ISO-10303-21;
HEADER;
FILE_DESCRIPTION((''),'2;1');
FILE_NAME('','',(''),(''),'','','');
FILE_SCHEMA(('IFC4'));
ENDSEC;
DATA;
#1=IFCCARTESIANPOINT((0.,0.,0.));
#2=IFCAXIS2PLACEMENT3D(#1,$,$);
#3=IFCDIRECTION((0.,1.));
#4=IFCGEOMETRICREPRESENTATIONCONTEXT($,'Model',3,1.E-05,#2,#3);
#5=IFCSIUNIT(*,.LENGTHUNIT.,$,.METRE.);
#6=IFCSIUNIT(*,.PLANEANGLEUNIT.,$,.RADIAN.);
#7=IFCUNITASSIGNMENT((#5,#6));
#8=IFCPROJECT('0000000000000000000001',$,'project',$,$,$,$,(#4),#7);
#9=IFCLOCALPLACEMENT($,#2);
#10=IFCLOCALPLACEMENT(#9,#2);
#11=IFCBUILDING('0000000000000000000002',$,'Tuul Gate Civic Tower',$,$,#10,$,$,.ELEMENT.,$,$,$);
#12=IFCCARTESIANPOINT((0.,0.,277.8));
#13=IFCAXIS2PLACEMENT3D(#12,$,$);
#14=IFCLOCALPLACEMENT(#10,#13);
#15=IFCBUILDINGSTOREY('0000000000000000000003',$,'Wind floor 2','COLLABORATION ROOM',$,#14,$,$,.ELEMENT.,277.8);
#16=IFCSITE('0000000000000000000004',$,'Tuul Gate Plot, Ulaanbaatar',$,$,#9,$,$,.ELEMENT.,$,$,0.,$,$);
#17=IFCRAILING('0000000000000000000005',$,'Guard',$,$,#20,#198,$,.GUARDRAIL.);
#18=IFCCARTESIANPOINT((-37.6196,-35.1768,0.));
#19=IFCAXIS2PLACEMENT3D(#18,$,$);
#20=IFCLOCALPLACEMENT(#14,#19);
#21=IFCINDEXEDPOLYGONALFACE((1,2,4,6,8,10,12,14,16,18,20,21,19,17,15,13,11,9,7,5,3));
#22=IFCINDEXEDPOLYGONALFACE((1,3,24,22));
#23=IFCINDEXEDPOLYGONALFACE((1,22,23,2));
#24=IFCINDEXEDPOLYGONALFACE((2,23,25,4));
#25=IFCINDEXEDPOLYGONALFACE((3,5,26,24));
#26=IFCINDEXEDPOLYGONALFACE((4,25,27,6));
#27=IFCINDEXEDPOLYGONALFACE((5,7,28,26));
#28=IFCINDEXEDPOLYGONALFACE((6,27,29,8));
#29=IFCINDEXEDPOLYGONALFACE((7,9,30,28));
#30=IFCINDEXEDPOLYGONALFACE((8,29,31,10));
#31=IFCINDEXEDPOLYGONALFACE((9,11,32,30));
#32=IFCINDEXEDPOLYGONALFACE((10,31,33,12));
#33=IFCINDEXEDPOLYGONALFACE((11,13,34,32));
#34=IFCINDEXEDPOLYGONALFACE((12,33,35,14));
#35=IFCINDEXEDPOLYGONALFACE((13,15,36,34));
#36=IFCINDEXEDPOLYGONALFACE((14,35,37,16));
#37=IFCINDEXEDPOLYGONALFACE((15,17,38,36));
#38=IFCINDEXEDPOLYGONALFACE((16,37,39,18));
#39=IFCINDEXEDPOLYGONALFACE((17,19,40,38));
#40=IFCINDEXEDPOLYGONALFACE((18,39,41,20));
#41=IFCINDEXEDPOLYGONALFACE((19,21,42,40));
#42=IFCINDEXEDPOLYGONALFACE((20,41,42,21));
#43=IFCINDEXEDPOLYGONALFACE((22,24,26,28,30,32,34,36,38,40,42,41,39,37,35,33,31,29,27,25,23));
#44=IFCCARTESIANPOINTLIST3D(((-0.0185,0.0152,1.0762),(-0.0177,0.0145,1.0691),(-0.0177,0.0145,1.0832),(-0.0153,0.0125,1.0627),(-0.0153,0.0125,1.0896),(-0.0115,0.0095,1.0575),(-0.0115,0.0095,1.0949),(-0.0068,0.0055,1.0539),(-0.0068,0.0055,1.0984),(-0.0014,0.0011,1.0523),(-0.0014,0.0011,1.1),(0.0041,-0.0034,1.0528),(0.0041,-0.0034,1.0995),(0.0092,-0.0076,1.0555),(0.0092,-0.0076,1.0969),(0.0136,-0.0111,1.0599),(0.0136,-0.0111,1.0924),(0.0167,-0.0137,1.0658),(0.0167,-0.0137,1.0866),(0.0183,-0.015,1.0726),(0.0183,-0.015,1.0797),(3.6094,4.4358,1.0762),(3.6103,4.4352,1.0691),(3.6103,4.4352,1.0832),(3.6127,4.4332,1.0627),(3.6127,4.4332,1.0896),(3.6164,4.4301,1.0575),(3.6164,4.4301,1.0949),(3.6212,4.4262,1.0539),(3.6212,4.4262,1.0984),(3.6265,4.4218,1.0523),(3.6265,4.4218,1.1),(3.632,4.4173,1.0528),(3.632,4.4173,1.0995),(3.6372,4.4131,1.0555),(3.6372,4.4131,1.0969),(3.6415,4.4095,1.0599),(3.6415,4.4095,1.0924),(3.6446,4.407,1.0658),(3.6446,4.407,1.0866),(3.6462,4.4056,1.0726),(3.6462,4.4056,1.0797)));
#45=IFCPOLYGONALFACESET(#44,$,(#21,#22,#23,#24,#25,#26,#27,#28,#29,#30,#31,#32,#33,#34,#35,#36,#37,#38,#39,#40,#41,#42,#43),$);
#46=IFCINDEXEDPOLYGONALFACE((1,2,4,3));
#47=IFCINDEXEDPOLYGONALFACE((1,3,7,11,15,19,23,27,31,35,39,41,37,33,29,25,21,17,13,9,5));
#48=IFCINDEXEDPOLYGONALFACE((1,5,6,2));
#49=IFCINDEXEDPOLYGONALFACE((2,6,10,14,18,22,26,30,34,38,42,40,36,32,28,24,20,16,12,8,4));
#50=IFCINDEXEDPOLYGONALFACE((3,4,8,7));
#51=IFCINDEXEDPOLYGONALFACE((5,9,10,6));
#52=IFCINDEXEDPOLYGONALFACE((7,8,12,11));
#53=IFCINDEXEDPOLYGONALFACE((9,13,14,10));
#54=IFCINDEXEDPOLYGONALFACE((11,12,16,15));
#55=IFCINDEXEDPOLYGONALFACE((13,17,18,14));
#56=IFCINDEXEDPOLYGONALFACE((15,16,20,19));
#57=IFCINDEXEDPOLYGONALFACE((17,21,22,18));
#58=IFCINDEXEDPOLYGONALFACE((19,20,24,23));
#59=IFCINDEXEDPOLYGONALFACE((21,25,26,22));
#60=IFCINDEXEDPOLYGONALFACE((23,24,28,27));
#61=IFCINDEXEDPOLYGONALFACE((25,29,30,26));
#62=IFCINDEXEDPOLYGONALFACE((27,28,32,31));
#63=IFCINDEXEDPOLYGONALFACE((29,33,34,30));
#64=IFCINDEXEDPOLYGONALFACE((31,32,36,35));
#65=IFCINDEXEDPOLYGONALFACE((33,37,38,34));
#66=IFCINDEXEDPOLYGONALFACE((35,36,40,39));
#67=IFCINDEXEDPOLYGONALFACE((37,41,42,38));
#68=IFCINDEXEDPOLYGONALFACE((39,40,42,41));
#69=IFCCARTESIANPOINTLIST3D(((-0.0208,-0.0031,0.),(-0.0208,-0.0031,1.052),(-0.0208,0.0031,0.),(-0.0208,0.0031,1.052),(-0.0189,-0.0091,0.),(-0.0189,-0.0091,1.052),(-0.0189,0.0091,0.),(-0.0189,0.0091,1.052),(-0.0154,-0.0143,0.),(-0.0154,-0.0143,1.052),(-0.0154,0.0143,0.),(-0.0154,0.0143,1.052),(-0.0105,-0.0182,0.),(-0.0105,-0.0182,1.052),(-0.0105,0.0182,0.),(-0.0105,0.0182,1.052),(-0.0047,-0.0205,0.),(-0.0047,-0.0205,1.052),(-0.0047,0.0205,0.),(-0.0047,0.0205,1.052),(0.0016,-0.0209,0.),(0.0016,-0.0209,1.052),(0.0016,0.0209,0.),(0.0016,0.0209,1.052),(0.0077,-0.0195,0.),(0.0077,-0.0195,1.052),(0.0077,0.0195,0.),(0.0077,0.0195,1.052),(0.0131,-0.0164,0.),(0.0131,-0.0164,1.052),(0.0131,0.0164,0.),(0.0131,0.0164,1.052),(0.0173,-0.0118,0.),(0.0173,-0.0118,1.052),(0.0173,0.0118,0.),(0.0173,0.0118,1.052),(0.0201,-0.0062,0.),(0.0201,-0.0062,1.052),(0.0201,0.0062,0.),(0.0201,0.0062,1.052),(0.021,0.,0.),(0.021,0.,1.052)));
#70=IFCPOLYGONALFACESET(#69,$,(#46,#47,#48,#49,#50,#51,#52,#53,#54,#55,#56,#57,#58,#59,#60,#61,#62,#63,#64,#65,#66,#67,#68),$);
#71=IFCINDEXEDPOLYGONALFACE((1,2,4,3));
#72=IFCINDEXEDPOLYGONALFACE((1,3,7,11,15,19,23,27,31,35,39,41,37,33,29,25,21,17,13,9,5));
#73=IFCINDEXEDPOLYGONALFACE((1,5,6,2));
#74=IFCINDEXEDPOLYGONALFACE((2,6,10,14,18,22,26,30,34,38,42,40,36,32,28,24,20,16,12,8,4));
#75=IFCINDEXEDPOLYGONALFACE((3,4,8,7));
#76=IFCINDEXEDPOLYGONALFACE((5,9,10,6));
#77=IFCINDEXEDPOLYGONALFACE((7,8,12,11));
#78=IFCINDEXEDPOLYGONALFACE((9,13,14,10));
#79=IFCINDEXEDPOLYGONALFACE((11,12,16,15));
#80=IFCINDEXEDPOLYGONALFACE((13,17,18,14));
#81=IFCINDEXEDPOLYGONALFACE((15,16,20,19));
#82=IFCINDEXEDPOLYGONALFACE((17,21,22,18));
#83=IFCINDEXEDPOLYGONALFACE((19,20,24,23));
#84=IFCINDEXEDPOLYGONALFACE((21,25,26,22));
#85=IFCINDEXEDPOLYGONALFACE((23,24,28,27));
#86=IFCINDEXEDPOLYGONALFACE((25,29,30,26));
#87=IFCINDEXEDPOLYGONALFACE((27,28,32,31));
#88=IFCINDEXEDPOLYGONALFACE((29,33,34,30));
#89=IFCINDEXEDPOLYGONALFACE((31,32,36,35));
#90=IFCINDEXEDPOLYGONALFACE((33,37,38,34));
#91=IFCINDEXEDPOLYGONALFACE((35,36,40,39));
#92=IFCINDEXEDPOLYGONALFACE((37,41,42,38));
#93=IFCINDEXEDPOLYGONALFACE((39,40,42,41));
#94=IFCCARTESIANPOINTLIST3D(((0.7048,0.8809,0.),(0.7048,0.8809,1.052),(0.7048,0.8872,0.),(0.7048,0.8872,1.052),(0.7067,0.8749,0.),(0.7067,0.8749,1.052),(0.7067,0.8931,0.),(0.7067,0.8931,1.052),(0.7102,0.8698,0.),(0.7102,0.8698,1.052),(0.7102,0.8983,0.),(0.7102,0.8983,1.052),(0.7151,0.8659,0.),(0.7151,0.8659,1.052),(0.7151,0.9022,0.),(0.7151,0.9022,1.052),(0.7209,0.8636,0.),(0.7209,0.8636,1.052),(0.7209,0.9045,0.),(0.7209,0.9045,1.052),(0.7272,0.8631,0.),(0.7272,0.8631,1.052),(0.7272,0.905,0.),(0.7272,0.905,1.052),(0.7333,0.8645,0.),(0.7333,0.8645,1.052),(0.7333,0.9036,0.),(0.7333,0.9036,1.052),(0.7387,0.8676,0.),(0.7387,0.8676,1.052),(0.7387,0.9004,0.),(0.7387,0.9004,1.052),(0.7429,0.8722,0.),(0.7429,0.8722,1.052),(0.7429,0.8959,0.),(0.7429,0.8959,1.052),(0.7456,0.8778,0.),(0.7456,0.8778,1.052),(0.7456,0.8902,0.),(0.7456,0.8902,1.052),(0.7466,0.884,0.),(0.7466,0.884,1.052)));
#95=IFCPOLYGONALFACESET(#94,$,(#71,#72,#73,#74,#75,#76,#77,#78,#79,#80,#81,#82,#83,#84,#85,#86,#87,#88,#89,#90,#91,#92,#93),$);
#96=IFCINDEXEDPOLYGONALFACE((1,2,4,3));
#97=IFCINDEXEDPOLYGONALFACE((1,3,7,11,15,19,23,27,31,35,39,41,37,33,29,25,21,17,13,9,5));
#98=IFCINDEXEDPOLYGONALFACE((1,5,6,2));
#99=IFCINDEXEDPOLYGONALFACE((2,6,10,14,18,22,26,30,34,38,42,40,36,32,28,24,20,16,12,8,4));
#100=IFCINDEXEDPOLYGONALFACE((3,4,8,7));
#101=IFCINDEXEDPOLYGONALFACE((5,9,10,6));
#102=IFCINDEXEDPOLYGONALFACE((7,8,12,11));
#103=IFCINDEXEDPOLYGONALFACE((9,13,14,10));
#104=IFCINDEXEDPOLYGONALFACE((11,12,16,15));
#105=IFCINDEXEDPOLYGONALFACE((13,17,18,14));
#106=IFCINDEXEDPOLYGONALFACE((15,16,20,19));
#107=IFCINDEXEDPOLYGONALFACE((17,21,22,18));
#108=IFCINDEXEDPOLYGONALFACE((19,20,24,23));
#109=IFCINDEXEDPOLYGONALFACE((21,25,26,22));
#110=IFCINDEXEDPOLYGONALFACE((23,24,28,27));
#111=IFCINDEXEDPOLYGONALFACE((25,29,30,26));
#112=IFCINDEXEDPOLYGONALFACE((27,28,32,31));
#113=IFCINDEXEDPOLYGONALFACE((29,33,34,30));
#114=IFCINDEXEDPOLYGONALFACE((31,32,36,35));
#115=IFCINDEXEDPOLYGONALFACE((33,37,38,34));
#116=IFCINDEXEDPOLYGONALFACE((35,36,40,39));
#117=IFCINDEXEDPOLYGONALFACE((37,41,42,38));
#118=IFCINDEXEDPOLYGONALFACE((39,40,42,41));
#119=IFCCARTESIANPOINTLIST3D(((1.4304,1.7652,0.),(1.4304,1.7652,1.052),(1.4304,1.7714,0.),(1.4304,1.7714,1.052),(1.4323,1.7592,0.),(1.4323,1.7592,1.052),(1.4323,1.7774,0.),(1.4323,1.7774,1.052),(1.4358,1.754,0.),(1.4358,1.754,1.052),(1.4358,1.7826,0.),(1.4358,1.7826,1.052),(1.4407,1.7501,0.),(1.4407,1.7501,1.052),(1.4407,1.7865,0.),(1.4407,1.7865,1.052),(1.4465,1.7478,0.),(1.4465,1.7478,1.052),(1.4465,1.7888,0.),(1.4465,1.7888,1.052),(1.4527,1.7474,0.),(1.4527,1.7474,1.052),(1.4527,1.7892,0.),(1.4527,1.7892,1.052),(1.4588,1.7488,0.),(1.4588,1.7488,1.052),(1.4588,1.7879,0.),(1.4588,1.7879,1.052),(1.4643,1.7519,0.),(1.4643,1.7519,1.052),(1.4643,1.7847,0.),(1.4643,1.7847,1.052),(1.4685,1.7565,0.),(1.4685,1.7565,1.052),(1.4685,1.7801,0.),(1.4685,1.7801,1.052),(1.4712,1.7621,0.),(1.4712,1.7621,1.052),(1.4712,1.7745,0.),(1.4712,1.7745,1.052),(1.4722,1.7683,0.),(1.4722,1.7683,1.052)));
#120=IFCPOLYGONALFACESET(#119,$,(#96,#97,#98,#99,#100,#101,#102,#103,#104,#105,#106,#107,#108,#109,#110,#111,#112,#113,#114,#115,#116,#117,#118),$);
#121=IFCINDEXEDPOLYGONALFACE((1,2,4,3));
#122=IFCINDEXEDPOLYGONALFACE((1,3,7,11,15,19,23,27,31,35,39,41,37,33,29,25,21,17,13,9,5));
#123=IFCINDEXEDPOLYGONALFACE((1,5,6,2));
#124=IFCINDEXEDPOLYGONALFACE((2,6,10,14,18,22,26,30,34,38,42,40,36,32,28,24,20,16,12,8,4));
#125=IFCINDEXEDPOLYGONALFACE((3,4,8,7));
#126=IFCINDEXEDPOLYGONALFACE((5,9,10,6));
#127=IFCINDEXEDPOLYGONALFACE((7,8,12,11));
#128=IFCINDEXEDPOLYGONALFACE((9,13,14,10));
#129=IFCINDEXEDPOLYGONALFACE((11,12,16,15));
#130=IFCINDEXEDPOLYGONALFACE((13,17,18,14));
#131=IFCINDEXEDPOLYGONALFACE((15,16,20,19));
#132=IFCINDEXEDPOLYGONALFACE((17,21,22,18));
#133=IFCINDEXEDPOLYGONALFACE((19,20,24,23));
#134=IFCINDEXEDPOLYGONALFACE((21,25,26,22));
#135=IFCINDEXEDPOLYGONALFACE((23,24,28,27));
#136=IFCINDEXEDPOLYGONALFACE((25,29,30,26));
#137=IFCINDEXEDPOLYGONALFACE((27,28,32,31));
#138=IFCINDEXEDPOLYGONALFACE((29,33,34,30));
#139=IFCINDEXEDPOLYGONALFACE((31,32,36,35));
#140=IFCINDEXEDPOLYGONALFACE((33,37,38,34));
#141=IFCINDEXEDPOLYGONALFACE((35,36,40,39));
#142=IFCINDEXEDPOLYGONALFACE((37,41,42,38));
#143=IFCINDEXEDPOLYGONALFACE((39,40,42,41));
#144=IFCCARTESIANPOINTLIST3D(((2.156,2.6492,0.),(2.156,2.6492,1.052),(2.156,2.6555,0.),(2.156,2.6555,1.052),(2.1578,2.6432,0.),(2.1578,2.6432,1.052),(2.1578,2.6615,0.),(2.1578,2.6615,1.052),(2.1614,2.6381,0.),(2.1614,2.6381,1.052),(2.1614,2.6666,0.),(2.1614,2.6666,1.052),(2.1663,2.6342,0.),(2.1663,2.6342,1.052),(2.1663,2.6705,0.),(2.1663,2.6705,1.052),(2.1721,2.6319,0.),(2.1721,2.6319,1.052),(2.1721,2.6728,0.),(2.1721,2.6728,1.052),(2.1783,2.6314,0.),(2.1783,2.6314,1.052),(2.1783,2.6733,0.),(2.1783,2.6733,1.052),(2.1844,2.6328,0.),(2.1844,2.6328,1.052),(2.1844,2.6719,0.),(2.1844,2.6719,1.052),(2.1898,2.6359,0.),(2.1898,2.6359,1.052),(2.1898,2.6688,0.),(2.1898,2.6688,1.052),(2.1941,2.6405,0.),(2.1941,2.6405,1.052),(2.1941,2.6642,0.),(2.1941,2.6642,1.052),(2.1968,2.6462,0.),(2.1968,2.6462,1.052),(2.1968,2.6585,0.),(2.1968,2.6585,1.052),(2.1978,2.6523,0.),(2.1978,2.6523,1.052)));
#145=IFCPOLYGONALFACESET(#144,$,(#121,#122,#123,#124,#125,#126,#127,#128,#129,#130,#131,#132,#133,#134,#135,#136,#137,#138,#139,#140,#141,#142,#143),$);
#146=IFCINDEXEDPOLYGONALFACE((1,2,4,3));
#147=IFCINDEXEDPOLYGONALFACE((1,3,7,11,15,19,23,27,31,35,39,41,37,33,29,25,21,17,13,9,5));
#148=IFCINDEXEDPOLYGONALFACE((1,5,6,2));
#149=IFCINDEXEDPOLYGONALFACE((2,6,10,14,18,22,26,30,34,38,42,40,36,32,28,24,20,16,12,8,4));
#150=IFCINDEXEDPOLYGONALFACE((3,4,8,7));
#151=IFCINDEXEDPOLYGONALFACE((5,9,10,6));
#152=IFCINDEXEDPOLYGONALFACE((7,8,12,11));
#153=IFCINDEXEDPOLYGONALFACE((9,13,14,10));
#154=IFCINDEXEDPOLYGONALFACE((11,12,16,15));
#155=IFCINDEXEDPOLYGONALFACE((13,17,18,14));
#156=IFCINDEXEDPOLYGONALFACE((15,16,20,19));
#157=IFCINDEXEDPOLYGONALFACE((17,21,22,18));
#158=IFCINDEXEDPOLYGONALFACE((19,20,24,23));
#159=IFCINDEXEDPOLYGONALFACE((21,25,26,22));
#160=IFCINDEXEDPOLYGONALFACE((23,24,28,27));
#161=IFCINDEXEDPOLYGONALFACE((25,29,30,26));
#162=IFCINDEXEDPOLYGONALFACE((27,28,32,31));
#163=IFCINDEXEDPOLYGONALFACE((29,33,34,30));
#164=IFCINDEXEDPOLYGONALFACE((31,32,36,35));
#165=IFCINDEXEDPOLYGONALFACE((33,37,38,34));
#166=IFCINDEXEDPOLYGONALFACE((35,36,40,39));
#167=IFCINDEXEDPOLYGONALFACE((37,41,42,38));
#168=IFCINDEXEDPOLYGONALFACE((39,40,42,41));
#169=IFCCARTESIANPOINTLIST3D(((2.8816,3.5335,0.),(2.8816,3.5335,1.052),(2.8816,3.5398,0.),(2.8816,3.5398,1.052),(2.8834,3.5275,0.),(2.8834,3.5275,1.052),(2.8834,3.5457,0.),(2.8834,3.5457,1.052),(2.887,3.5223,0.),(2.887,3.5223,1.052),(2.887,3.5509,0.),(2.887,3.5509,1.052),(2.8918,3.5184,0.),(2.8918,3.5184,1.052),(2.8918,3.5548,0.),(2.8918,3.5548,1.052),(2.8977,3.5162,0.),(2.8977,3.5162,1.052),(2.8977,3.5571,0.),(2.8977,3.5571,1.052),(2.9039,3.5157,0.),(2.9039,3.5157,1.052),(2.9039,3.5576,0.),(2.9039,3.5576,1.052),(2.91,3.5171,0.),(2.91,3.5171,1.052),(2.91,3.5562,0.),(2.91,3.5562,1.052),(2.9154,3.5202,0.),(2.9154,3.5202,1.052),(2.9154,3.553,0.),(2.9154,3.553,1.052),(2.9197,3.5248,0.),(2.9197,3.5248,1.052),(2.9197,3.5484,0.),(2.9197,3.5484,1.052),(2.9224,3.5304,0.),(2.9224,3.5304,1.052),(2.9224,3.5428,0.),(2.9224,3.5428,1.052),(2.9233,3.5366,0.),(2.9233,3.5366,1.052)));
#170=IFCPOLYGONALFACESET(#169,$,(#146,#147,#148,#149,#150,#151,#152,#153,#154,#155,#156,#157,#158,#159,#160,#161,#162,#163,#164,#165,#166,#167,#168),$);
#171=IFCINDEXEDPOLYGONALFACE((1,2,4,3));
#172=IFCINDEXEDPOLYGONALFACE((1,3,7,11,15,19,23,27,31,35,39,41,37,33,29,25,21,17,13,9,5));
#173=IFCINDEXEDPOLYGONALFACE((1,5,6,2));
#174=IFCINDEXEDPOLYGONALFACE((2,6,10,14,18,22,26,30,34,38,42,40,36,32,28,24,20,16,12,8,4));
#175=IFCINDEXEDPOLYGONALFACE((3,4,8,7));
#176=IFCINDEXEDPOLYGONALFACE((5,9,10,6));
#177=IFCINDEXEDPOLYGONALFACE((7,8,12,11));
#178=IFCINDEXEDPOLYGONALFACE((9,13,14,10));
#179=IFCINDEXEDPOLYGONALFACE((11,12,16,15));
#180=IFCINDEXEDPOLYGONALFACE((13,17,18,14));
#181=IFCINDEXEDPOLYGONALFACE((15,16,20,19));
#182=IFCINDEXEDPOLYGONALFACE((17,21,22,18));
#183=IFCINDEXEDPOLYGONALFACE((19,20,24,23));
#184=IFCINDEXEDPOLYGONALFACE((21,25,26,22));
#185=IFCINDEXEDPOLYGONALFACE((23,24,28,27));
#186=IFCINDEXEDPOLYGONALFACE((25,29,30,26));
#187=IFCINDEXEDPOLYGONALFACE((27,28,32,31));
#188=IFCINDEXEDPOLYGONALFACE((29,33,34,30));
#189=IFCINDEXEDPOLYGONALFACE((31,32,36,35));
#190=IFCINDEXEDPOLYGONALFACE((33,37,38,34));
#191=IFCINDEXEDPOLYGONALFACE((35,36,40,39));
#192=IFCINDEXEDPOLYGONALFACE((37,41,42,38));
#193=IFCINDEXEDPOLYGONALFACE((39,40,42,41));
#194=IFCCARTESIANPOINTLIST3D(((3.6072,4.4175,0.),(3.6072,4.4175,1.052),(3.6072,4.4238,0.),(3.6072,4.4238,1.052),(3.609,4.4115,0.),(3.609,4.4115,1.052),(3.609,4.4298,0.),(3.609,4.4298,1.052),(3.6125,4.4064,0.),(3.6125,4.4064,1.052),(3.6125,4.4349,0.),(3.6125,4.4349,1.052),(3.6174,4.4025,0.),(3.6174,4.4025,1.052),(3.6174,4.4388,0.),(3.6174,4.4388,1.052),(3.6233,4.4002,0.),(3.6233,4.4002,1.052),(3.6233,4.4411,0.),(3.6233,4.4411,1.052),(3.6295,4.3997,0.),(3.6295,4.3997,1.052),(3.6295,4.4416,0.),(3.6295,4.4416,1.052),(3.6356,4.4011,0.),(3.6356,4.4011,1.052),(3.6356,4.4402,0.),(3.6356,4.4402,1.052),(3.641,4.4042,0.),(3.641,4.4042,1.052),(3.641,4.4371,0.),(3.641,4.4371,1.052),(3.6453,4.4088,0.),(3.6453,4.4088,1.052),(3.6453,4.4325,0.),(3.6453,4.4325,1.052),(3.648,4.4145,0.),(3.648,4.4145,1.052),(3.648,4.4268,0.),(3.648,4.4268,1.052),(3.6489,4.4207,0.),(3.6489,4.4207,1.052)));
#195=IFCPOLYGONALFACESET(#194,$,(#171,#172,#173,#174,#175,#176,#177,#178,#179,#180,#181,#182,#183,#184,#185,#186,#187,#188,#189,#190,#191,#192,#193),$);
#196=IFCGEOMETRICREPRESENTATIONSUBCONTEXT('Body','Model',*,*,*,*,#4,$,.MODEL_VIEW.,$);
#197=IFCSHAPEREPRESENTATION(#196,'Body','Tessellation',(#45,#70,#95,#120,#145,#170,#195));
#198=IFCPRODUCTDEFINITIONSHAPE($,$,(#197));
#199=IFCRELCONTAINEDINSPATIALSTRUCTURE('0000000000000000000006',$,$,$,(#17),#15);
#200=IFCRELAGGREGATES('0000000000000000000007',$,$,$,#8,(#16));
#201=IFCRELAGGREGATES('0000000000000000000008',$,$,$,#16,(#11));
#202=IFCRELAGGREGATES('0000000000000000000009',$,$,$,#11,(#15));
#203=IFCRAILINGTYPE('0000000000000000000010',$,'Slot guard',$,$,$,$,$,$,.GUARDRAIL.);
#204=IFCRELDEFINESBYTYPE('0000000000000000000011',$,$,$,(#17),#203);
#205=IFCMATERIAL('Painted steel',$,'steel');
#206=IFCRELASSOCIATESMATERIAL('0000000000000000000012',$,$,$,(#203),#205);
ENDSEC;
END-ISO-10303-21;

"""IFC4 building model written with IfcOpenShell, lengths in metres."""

from ifc_helpers import new_model, si_unit, direction, frame, origin, origin_2d, place, context, subcontext, project, spatial, circle, extrude, material, type_object, element, save


model = new_model("IFC4")

# Units and contexts
model_context = context("Model", 3, precision=1e-05, world=origin(), true_north=direction((0.0, 1.0)))
body_context = subcontext(model_context, "Body", "Model", "MODEL_VIEW")
ifc_project = project(units=[si_unit("LENGTHUNIT", "METRE"), si_unit("PLANEANGLEUNIT", "RADIAN")], contexts=[model_context])

# Site, building, storey
site_placement = place(None, origin())
site = spatial("IfcSite", under=ifc_project, at=site_placement, Name="Tuul Gate Plot, Ulaanbaatar", CompositionType="ELEMENT", RefElevation=0.0)
building_placement = place(site_placement, origin())
building = spatial("IfcBuilding", under=site, at=building_placement, Name="Tuul Gate Civic Tower", CompositionType="ELEMENT")
storey_placement = place(building_placement, frame((0.0, 0.0, 277.8)))
storey = spatial("IfcBuildingStorey", under=building, at=storey_placement, Name="Wind floor 2", Description="COLLABORATION ROOM", CompositionType="ELEMENT", Elevation=277.8)

# Railing
ifc_material_1 = material(Name="Painted steel", Category="steel")
railing_type = type_object("IfcRailingType", Name="Slot guard", PredefinedType="GUARDRAIL", material=ifc_material_1)
railing_placement = place(storey_placement, frame((-37.6196, -35.1768, 0.0)))
element("IfcRailing", 1, at=railing_placement, inside=storey, type_object=railing_type, Name="Guard", PredefinedType="GUARDRAIL", context=body_context, shape_type="SweptSolid", body=[
    extrude(circle(Radius=0.0239, at=origin_2d()), frame((0.0, 0.0, 1.0762), z_axis=(0.634392, 0.773011, 0.0), x_axis=(-0.773011, 0.634392, 0.0)), (0.0, 0.0, 1.0), 5.7188),
    extrude(circle(Radius=0.021, at=origin_2d()), origin(), (0.0, 0.0, 1.0), 1.052),
    extrude(circle(Radius=0.021, at=origin_2d()), frame((0.7256, 0.884, 0.0)), (0.0, 0.0, 1.0), 1.052),
    extrude(circle(Radius=0.021, at=origin_2d()), frame((1.4512, 1.7683, 0.0)), (0.0, 0.0, 1.0), 1.052),
    extrude(circle(Radius=0.021, at=origin_2d()), frame((2.1768, 2.6523, 0.0)), (0.0, 0.0, 1.0), 1.052),
    extrude(circle(Radius=0.021, at=origin_2d()), frame((2.9023, 3.5366, 0.0)), (0.0, 0.0, 1.0), 1.052),
    extrude(circle(Radius=0.021, at=origin_2d()), frame((3.6279, 4.4207, 0.0)), (0.0, 0.0, 1.0), 1.052),
])

save(model, "model.ifc")
